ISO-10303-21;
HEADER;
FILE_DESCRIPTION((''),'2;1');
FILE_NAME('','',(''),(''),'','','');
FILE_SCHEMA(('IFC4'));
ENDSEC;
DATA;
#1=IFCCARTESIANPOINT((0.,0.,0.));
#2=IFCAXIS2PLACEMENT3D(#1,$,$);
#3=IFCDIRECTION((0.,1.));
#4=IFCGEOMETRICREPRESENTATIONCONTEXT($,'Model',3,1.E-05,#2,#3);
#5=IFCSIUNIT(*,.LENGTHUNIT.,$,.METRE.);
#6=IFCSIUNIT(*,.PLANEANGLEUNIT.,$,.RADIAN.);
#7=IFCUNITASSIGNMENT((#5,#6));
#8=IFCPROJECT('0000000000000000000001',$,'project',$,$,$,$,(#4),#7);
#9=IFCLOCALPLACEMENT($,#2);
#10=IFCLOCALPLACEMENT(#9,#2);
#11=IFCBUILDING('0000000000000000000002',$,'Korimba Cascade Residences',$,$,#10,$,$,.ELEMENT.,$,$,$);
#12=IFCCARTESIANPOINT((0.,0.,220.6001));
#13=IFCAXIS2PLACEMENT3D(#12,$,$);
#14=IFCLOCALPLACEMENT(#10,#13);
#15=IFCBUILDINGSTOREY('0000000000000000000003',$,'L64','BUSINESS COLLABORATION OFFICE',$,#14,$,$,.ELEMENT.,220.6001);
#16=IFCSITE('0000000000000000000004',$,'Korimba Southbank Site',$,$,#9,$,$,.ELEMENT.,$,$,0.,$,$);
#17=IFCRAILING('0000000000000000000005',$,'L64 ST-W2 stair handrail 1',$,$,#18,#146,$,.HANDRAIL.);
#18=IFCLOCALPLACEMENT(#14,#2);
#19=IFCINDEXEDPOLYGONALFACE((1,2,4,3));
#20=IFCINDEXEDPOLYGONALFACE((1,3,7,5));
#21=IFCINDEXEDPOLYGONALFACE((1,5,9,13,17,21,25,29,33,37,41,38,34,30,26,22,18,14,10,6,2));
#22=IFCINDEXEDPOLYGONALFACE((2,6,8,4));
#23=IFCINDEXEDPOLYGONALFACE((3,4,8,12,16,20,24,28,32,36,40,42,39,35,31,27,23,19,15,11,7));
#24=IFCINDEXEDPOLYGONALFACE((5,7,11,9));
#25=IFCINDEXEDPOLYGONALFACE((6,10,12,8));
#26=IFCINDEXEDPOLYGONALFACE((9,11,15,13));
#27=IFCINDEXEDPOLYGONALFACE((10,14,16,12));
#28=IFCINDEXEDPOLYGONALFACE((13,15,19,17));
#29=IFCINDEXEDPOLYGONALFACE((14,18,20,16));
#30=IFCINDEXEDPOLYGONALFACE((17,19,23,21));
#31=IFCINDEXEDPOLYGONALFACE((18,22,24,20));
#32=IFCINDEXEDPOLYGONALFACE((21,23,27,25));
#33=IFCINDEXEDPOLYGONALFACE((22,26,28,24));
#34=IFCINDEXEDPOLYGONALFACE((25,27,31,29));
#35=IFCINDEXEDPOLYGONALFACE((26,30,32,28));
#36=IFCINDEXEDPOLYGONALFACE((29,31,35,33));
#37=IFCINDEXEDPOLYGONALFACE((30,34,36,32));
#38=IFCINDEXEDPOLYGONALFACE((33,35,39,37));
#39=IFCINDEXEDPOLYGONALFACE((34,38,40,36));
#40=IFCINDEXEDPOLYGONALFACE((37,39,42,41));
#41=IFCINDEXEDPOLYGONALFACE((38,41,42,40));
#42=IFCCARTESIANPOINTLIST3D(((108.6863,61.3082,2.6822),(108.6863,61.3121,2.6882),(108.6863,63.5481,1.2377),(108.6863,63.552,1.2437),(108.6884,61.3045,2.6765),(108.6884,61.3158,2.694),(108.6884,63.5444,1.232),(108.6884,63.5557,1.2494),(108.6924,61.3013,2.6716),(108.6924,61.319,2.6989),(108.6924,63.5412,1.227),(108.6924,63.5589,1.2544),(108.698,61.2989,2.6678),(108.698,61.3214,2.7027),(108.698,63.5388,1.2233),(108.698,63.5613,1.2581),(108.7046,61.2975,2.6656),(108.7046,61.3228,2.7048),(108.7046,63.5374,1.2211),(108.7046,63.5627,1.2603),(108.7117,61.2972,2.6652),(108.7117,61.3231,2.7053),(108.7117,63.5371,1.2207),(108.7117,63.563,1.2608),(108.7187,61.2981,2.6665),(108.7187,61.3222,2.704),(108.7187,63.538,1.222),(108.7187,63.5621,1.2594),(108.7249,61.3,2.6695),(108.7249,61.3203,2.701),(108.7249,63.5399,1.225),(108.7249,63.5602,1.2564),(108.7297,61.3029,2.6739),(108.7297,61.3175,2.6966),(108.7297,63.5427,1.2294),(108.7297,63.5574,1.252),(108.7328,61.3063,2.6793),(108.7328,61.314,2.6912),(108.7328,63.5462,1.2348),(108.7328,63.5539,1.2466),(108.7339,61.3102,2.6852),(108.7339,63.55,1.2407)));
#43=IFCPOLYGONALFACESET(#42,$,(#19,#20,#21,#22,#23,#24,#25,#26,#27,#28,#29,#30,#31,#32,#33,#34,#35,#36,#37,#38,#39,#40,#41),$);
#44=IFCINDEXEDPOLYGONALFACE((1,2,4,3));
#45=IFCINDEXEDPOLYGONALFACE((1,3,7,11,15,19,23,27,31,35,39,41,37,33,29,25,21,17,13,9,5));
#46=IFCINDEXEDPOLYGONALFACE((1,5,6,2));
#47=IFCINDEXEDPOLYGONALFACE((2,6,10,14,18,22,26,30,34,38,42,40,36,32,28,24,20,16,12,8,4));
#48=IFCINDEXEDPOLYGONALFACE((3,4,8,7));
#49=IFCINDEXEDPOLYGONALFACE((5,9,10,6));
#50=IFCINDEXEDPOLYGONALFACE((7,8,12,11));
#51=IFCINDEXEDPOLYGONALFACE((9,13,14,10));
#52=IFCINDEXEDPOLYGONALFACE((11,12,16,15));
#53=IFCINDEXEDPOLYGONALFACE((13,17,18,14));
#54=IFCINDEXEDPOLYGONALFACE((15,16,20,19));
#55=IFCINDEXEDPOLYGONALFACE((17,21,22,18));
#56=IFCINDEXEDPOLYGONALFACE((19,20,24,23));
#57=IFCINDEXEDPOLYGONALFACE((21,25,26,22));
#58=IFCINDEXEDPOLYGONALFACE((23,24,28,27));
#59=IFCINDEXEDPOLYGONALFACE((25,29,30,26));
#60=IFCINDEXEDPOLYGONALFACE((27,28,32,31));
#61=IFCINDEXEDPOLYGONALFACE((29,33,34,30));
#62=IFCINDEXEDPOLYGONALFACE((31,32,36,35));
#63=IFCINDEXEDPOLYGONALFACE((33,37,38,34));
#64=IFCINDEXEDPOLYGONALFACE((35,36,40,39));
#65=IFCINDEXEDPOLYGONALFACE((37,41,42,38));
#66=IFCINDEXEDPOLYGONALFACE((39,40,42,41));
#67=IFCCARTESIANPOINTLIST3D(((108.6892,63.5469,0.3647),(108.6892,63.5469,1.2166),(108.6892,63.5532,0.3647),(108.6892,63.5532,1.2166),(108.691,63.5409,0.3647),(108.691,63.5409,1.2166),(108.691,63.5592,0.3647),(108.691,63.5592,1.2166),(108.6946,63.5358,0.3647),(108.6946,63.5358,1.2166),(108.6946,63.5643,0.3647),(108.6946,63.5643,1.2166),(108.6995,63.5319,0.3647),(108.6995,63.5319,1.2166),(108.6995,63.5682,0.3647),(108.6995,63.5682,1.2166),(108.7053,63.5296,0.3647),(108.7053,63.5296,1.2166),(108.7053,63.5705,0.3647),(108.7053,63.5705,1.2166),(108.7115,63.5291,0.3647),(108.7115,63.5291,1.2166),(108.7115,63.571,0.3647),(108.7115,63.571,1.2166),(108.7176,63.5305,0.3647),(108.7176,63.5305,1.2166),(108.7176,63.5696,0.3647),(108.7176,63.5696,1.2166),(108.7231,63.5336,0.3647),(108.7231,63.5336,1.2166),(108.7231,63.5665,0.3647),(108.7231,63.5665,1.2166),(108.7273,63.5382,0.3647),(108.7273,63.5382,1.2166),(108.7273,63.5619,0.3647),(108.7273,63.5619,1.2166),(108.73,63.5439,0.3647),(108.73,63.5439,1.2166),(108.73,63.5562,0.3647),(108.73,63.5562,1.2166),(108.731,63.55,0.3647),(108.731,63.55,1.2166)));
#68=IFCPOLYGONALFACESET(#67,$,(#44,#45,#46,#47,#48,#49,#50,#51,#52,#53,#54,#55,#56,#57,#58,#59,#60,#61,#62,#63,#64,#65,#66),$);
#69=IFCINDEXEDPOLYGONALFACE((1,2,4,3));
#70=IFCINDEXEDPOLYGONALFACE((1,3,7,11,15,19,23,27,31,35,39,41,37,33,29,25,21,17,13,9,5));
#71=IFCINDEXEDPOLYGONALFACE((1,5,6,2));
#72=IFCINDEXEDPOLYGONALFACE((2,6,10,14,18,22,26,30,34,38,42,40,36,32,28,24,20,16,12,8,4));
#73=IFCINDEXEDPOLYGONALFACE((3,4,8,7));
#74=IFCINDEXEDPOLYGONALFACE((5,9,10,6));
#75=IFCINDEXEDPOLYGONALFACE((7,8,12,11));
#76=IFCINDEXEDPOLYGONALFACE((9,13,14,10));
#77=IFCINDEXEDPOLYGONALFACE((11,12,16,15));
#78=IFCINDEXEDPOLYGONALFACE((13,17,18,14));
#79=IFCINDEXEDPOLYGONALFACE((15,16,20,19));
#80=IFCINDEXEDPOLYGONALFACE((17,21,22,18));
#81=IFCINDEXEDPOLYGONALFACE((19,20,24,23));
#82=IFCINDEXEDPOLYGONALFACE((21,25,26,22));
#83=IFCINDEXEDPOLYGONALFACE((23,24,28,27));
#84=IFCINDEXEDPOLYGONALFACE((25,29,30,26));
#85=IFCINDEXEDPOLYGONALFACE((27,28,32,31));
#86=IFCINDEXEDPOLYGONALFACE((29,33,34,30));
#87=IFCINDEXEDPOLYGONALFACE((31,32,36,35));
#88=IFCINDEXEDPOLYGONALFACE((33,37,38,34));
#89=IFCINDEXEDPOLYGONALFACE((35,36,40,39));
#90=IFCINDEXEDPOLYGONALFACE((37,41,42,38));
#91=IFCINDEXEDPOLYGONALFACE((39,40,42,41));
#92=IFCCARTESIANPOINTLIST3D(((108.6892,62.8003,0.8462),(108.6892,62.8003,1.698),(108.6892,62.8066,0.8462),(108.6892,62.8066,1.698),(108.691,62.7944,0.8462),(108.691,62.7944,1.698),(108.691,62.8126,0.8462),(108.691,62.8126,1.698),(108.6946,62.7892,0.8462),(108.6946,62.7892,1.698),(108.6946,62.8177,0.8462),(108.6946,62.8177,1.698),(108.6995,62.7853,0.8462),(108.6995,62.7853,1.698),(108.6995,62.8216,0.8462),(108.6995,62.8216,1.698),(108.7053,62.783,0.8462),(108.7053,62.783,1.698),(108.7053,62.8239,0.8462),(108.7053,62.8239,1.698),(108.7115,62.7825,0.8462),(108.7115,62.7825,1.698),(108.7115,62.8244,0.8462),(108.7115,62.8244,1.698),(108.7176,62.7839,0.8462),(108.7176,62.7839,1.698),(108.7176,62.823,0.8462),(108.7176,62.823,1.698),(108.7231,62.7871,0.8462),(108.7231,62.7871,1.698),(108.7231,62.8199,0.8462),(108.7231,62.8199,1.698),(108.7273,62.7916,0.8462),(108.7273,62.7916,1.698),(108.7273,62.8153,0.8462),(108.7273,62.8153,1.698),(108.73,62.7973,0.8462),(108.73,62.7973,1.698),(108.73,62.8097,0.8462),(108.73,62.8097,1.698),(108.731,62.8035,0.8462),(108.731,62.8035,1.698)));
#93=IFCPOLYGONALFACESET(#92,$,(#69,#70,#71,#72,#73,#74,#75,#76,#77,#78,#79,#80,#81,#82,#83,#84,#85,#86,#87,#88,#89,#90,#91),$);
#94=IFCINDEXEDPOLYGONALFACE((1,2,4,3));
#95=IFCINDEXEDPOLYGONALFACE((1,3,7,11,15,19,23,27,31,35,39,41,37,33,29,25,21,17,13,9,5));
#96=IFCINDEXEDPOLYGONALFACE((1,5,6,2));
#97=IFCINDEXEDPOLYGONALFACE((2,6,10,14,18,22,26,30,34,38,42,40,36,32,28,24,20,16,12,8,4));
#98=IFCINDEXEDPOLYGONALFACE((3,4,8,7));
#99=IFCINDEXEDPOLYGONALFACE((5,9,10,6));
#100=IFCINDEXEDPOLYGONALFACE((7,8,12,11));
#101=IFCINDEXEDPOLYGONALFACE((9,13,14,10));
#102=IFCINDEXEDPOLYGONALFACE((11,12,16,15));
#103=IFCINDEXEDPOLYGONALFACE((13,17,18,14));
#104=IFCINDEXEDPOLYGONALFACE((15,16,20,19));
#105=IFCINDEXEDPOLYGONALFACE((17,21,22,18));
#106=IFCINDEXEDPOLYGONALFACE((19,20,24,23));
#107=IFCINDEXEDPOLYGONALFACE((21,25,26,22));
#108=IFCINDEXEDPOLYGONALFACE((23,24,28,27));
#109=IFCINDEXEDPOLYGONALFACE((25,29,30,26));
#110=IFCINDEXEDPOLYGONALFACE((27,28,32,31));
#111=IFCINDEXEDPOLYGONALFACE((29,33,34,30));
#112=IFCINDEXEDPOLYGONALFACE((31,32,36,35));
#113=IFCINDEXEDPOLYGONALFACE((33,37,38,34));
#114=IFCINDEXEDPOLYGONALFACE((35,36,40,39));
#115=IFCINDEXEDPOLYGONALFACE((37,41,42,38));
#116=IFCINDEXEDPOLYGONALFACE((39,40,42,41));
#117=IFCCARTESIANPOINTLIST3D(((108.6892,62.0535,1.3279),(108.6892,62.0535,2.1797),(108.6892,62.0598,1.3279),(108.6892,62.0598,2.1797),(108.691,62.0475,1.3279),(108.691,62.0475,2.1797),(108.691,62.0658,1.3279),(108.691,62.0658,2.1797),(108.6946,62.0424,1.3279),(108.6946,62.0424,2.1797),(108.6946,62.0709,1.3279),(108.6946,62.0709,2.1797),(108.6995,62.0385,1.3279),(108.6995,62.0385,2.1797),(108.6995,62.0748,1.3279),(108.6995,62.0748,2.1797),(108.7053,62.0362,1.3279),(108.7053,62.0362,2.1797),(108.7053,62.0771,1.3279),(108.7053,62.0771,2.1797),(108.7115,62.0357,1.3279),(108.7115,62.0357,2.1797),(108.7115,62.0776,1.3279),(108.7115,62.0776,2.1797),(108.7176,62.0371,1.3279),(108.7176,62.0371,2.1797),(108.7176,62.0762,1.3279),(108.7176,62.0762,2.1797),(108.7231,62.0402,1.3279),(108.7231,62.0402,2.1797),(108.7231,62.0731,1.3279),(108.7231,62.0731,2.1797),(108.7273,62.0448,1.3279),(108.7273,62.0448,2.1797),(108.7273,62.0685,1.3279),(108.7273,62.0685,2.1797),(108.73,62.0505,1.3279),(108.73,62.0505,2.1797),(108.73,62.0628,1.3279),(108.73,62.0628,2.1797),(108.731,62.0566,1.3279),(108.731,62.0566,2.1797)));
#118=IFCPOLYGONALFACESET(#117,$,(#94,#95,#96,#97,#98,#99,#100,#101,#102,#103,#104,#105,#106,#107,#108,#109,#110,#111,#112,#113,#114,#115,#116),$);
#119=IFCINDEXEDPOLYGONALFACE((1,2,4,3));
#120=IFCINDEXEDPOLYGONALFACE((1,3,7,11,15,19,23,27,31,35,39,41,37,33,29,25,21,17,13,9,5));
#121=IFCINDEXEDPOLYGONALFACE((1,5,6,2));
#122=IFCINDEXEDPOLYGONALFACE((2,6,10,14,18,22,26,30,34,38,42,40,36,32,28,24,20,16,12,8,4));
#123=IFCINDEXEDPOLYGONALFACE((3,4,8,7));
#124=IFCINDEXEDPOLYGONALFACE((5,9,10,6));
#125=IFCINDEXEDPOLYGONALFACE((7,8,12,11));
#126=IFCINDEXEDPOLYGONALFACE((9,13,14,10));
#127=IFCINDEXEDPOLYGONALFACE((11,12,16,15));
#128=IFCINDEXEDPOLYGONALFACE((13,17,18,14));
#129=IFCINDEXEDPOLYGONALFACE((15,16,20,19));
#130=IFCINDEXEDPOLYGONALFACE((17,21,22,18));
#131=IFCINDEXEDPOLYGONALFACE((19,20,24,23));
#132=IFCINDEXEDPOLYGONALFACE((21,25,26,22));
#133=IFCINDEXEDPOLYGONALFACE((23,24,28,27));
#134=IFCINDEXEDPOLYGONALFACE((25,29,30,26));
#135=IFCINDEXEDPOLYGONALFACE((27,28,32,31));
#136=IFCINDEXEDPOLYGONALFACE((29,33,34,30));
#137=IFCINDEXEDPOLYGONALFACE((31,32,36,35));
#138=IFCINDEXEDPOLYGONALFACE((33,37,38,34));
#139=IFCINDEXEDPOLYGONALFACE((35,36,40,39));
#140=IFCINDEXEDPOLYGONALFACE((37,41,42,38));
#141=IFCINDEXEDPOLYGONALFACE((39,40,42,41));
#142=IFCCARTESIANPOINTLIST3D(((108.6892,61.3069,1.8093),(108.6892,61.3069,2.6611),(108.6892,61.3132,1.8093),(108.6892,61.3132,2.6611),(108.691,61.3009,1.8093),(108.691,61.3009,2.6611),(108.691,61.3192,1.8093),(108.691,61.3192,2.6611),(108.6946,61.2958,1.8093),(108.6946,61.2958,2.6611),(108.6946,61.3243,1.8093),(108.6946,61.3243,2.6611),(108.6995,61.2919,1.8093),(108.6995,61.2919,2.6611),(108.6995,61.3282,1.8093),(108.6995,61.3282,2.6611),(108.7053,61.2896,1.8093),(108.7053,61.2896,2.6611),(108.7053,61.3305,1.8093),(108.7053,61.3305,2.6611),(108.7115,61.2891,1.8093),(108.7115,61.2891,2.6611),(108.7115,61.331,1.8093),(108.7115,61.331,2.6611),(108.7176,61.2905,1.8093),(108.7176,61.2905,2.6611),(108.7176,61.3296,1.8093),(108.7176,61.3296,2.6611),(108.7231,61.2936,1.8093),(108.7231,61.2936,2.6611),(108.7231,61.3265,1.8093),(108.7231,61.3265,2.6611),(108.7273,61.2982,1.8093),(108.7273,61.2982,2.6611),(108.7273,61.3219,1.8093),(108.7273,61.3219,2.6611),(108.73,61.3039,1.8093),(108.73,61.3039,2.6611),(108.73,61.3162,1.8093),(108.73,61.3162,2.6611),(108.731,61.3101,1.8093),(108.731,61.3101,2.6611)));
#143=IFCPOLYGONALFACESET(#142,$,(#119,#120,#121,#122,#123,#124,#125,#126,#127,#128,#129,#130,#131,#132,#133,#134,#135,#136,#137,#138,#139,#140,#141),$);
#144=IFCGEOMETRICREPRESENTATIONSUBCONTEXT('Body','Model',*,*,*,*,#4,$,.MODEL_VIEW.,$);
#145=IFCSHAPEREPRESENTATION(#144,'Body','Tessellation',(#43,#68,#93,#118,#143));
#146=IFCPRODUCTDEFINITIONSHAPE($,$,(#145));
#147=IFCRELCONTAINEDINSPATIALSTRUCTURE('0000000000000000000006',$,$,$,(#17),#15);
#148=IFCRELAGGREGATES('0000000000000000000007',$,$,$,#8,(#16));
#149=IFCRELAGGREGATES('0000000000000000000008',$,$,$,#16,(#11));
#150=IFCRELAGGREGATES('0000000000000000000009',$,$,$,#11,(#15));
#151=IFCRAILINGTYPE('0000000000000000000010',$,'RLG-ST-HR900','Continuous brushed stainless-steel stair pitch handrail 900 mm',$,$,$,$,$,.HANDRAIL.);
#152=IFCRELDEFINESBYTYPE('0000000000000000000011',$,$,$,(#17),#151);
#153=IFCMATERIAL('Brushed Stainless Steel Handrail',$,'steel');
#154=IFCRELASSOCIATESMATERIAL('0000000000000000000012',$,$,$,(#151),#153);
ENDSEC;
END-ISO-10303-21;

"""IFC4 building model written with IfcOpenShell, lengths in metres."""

from ifc_helpers import new_model, si_unit, direction, frame, origin, origin_2d, place, context, subcontext, project, spatial, circle, extrude, material, type_object, element, save


model = new_model("IFC4")

# Units and contexts
model_context = context("Model", 3, precision=1e-05, world=origin(), true_north=direction((0.0, 1.0)))
body_context = subcontext(model_context, "Body", "Model", "MODEL_VIEW")
ifc_project = project(units=[si_unit("LENGTHUNIT", "METRE"), si_unit("PLANEANGLEUNIT", "RADIAN")], contexts=[model_context])

# Site, building, storey
site_placement = place(None, origin())
site = spatial("IfcSite", under=ifc_project, at=site_placement, Name="Korimba Southbank Site", CompositionType="ELEMENT", RefElevation=0.0)
building_placement = place(site_placement, origin())
building = spatial("IfcBuilding", under=site, at=building_placement, Name="Korimba Cascade Residences", CompositionType="ELEMENT")
storey_placement = place(building_placement, frame((0.0, 0.0, 220.6001)))
storey = spatial("IfcBuildingStorey", under=building, at=storey_placement, Name="L64", Description="BUSINESS COLLABORATION OFFICE", CompositionType="ELEMENT", Elevation=220.6001)

# Railing
ifc_material_1 = material(Name="Brushed Stainless Steel Handrail", Category="steel")
railing_type_1 = type_object("IfcRailingType", Name="RLG-ST-HR900", Description="Continuous brushed stainless-steel stair pitch handrail 900 mm", PredefinedType="HANDRAIL", material=ifc_material_1)
railing_1_placement = place(storey_placement, frame((108.71, 63.55, 0.3647)))
element("IfcRailing", 1, at=railing_1_placement, inside=storey, type_object=railing_type_1, Name="L64 ST-W2 stair handrail 1", PredefinedType="HANDRAIL", context=body_context, shape_type="SweptSolid", body=[
    extrude(circle(Radius=0.0239, at=origin_2d()), frame((0.0, 0.0, 0.876), z_axis=(0.0, -0.840395, 0.541975), x_axis=(1.0, 0.0, 0.0)), (0.0, 0.0, 1.0), 2.6653),
    extrude(circle(Radius=0.021, at=origin_2d()), origin(), (0.0, 0.0, 1.0), 0.8518),
    extrude(circle(Radius=0.021, at=origin_2d()), frame((0.0, -0.7466, 0.4814)), (0.0, 0.0, 1.0), 0.8518),
    extrude(circle(Radius=0.021, at=origin_2d()), frame((0.0, -1.4934, 0.9631)), (0.0, 0.0, 1.0), 0.8518),
    extrude(circle(Radius=0.021, at=origin_2d()), frame((0.0, -2.24, 1.4446)), (0.0, 0.0, 1.0), 0.8518),
])

save(model, "model.ifc")
